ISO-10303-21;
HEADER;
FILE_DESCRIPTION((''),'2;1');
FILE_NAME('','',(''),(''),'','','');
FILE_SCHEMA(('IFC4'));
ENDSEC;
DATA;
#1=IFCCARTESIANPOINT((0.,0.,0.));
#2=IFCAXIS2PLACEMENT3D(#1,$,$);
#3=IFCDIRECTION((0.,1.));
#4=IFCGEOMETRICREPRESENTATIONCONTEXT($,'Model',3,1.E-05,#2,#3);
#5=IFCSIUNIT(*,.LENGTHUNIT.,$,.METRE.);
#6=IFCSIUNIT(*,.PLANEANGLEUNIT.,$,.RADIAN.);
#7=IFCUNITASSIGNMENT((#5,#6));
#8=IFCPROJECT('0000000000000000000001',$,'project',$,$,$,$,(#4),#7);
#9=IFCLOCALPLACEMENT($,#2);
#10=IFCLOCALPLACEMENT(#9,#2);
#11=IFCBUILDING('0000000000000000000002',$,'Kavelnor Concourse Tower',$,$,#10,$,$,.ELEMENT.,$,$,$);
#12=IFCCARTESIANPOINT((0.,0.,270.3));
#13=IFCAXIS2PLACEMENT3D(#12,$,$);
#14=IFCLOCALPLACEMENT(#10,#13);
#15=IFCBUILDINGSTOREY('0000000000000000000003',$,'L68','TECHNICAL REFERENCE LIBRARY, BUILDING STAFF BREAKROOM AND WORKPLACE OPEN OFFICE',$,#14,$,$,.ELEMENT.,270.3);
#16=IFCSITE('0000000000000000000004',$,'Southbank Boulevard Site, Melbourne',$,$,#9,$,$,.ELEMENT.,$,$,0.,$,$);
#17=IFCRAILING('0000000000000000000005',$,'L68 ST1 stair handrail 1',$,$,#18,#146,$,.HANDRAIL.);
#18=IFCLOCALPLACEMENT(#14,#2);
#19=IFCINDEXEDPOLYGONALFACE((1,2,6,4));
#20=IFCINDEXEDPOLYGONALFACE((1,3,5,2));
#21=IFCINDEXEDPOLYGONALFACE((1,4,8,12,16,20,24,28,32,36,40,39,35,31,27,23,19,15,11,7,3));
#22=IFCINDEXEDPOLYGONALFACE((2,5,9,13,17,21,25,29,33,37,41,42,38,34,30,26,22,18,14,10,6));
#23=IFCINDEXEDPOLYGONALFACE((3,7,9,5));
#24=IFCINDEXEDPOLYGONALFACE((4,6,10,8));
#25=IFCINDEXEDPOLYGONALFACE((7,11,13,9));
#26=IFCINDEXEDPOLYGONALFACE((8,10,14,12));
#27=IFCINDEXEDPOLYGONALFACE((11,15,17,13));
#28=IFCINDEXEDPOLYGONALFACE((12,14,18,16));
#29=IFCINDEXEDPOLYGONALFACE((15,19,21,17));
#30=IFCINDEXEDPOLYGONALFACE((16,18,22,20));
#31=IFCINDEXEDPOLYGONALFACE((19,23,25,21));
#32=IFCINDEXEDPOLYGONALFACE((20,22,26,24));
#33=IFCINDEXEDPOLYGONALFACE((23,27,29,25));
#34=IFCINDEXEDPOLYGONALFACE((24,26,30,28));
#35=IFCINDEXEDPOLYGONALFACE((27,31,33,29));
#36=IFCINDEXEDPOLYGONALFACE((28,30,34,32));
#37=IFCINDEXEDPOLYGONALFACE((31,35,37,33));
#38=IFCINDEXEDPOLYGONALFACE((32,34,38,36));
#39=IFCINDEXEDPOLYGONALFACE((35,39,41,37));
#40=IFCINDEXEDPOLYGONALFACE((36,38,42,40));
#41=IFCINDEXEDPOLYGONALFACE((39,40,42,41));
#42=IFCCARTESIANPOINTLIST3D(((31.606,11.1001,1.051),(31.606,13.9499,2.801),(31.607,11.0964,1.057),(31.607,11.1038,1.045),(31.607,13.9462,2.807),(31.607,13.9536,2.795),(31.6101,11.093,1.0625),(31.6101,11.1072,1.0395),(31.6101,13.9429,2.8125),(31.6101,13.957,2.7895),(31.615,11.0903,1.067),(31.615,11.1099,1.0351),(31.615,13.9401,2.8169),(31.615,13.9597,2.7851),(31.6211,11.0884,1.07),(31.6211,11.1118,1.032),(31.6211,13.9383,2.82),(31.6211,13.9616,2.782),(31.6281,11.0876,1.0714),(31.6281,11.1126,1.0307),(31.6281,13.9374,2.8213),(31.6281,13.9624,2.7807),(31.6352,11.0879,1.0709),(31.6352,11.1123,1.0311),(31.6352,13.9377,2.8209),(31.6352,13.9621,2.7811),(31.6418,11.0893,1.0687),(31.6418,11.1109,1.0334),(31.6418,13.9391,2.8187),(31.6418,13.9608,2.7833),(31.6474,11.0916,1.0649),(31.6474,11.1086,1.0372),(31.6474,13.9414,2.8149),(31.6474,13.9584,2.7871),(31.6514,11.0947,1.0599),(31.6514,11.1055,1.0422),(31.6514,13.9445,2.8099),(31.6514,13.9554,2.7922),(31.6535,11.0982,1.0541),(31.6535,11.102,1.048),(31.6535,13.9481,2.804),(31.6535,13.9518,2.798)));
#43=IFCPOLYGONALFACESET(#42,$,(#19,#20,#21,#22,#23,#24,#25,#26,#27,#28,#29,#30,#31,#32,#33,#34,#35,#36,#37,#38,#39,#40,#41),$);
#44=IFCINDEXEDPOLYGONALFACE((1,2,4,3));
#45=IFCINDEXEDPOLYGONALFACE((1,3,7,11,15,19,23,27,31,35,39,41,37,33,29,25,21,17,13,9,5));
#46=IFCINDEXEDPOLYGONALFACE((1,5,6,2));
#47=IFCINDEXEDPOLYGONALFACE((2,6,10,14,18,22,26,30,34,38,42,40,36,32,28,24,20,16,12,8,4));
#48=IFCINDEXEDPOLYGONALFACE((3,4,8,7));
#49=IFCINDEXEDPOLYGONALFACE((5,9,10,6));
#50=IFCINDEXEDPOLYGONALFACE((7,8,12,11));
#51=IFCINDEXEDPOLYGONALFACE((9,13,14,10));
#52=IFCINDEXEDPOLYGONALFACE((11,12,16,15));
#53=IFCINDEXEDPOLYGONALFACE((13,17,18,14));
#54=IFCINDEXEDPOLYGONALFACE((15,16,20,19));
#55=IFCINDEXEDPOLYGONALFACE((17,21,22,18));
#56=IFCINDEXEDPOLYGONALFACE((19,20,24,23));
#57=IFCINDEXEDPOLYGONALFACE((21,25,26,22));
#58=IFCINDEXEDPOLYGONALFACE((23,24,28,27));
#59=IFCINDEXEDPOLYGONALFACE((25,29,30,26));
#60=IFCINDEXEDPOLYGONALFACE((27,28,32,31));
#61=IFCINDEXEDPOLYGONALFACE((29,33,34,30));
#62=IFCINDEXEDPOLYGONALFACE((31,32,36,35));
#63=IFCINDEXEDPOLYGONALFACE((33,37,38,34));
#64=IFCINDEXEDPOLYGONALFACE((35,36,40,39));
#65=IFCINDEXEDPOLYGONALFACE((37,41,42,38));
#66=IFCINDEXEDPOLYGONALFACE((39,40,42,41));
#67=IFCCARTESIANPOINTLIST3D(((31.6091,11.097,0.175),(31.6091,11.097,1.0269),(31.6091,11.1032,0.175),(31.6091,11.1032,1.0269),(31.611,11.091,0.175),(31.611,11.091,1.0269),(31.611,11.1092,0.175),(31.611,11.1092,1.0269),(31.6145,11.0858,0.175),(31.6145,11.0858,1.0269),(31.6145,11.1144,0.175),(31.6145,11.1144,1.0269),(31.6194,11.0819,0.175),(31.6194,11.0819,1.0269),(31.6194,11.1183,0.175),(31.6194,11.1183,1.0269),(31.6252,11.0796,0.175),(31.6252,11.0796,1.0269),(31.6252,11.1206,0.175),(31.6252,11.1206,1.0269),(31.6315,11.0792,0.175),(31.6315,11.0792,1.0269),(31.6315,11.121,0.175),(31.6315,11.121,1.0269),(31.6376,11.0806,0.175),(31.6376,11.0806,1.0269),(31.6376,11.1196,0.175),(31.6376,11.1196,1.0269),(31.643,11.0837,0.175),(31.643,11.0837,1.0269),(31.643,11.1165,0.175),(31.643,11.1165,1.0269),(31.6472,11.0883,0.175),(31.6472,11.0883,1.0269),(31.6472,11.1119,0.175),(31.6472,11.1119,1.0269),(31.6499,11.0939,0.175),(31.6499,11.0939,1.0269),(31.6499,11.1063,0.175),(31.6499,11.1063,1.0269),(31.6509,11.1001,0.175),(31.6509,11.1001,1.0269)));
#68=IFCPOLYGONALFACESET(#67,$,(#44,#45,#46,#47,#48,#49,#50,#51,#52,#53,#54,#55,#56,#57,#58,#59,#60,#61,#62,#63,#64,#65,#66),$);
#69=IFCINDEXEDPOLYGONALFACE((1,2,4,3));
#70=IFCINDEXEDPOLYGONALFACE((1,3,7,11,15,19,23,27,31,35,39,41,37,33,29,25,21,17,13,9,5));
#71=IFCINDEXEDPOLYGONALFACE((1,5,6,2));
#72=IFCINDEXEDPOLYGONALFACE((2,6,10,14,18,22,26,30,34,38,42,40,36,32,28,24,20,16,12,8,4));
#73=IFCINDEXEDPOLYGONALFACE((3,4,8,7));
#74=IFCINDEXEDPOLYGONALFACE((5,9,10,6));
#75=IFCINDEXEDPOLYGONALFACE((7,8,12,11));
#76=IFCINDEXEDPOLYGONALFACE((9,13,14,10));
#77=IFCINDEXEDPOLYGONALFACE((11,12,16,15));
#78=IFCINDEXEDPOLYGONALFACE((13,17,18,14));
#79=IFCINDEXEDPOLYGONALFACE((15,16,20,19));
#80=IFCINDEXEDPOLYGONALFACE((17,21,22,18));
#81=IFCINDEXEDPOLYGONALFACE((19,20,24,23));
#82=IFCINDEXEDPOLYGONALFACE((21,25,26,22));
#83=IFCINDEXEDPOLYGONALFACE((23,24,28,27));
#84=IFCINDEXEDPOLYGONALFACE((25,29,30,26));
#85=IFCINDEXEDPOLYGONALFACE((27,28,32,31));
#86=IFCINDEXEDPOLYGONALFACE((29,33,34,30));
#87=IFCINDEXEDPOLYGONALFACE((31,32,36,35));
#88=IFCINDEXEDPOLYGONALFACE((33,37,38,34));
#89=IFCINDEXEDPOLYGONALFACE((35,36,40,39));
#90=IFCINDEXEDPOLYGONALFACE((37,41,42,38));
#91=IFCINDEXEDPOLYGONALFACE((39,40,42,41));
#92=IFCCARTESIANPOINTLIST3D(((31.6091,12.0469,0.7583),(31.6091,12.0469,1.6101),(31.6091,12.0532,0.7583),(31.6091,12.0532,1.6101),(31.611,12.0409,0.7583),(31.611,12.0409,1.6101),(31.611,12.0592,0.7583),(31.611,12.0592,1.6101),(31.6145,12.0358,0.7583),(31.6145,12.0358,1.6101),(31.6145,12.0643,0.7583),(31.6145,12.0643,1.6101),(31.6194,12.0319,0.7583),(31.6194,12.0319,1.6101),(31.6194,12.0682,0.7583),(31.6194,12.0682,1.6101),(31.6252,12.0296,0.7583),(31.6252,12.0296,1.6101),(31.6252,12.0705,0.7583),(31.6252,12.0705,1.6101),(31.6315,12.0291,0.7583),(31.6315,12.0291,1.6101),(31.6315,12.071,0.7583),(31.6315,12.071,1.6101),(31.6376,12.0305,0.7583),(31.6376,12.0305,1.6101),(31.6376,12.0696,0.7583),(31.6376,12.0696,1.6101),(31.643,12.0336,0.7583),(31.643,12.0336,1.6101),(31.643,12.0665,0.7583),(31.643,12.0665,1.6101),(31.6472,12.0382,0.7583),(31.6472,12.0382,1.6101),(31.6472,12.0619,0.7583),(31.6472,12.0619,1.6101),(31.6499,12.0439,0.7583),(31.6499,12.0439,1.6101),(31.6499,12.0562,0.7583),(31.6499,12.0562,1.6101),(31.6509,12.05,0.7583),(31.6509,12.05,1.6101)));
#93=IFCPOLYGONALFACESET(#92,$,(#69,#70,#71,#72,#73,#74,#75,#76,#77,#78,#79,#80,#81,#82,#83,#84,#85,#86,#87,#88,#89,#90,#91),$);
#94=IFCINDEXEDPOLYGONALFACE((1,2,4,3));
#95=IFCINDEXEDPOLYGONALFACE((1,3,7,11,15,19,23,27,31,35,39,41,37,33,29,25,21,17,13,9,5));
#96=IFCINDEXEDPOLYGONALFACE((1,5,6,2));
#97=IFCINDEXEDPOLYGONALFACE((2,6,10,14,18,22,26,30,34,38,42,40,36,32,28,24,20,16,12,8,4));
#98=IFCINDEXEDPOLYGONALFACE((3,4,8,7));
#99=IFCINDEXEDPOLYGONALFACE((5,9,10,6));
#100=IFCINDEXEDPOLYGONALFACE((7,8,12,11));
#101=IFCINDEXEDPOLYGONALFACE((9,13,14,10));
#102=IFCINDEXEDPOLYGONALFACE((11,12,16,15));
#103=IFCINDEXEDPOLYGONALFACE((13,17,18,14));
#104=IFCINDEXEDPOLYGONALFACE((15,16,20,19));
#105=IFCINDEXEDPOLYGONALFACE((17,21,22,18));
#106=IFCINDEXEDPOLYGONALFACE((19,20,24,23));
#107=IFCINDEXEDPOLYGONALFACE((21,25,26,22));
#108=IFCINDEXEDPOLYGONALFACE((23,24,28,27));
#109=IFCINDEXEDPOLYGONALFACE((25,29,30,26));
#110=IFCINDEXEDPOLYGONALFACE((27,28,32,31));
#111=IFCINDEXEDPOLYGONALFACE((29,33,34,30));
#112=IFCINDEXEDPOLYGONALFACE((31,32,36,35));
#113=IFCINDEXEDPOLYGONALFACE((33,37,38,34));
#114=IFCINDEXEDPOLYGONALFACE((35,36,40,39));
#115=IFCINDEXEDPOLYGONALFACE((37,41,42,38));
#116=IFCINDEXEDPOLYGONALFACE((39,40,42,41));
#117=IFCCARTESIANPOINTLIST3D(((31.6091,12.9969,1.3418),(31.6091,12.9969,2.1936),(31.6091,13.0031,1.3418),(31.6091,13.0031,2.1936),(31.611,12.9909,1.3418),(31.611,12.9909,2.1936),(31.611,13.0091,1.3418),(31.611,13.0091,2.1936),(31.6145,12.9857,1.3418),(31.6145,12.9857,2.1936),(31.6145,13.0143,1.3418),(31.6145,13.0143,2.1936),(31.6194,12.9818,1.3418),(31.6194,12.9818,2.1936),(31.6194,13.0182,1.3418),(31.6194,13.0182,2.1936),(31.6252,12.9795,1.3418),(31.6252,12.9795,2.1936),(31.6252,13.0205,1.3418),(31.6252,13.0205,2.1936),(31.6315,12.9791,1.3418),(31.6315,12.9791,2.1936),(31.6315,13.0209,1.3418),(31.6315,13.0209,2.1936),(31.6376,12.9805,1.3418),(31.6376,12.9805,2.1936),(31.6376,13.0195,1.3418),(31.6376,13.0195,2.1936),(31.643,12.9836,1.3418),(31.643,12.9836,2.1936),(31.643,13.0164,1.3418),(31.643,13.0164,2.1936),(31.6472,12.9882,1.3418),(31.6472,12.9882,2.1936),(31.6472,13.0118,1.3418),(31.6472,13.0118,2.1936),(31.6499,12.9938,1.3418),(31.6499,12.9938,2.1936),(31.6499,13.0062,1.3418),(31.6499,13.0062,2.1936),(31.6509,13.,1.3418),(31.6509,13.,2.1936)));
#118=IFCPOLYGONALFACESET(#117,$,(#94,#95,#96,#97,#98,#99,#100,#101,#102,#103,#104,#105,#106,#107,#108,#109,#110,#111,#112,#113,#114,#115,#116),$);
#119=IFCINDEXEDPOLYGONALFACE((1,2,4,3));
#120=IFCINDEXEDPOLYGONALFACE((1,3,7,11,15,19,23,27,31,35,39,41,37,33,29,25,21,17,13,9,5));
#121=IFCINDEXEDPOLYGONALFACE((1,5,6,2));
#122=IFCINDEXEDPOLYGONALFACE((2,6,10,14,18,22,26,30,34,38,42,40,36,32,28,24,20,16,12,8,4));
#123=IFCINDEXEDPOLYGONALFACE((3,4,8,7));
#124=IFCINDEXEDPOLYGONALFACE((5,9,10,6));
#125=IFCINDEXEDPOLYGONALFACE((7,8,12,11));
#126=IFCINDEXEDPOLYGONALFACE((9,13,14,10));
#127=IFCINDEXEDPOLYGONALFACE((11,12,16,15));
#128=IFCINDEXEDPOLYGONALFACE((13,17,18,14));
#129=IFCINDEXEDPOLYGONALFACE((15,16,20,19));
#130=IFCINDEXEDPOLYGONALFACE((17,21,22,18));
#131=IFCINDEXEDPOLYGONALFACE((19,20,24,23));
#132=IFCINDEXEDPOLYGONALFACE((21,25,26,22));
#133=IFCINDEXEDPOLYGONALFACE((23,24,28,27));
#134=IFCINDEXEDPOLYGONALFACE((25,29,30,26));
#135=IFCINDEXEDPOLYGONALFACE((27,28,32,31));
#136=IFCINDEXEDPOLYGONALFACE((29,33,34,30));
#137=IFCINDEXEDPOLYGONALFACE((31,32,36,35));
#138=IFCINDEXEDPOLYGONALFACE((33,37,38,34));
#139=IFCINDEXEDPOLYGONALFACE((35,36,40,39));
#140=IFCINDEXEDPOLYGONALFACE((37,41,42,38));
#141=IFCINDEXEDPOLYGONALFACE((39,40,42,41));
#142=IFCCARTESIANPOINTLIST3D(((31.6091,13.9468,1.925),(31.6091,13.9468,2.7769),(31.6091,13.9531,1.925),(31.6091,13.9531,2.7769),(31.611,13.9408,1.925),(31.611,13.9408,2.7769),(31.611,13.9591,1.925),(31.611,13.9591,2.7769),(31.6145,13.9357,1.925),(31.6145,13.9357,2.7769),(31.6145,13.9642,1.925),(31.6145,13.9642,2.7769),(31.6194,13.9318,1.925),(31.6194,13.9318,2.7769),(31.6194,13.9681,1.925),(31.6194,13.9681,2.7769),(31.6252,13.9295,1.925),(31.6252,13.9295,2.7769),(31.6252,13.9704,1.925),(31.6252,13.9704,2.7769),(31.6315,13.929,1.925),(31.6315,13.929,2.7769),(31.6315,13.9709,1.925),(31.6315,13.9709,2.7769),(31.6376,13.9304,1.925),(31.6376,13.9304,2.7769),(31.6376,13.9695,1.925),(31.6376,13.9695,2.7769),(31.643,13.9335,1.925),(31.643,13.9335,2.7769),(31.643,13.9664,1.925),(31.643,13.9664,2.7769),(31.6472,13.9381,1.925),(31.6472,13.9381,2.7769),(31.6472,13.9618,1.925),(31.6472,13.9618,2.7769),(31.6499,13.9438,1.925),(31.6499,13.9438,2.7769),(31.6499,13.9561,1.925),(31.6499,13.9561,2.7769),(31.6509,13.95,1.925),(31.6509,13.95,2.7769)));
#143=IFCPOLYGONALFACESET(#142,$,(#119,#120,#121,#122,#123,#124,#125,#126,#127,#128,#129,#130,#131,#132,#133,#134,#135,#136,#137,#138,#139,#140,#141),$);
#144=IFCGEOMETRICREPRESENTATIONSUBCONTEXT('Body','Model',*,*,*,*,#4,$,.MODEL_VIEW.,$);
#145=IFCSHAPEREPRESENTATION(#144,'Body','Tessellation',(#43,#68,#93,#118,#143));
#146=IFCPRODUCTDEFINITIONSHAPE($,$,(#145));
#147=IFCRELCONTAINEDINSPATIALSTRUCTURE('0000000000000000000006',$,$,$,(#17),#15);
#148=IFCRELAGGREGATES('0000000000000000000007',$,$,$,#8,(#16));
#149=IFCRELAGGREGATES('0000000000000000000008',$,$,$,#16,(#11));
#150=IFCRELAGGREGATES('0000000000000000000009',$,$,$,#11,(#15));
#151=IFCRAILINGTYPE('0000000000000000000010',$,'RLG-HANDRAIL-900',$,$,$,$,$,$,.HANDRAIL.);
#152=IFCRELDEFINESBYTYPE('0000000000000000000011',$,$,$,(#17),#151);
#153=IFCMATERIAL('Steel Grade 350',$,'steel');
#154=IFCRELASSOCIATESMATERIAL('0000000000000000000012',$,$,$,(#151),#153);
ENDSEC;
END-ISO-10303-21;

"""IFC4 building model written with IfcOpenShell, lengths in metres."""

from ifc_helpers import new_model, si_unit, direction, frame, origin, origin_2d, place, context, subcontext, project, spatial, circle, extrude, material, type_object, element, save


model = new_model("IFC4")

# Units and contexts
model_context = context("Model", 3, precision=1e-05, world=origin(), true_north=direction((0.0, 1.0)))
body_context = subcontext(model_context, "Body", "Model", "MODEL_VIEW")
ifc_project = project(units=[si_unit("LENGTHUNIT", "METRE"), si_unit("PLANEANGLEUNIT", "RADIAN")], contexts=[model_context])

# Site, building, storey
site_placement = place(None, origin())
site = spatial("IfcSite", under=ifc_project, at=site_placement, Name="Southbank Boulevard Site, Melbourne", CompositionType="ELEMENT", RefElevation=0.0)
building_placement = place(site_placement, origin())
building = spatial("IfcBuilding", under=site, at=building_placement, Name="Kavelnor Concourse Tower", CompositionType="ELEMENT")
storey_placement = place(building_placement, frame((0.0, 0.0, 270.3)))
storey = spatial("IfcBuildingStorey", under=building, at=storey_placement, Name="L68", Description="TECHNICAL REFERENCE LIBRARY, BUILDING STAFF BREAKROOM AND WORKPLACE OPEN OFFICE", CompositionType="ELEMENT", Elevation=270.3)

# Shared definitions
ifc_material_1 = material(Name="Steel Grade 350", Category="steel")

# Railing
railing_type = type_object("IfcRailingType", Name="RLG-HANDRAIL-900", PredefinedType="HANDRAIL", material=ifc_material_1)
railing_placement = place(storey_placement, frame((31.6299, 11.1001, 0.175)))
element("IfcRailing", 1, at=railing_placement, inside=storey, type_object=railing_type, Name="L68 ST1 stair handrail 1", PredefinedType="HANDRAIL", context=body_context, shape_type="SweptSolid", body=[
    extrude(circle(Radius=0.0239, at=origin_2d()), frame((0.0, 0.0, 0.876), z_axis=(0.0, 0.852159, 0.523283), x_axis=(-1.0, 0.0, 0.0)), (0.0, 0.0, 1.0), 3.3442),
    extrude(circle(Radius=0.021, at=origin_2d()), origin(), (0.0, 0.0, 1.0), 0.8518),
    extrude(circle(Radius=0.021, at=origin_2d()), frame((0.0, 0.95, 0.5833)), (0.0, 0.0, 1.0), 0.8518),
    extrude(circle(Radius=0.021, at=origin_2d()), frame((0.0, 1.8999, 1.1667)), (0.0, 0.0, 1.0), 0.8518),
    extrude(circle(Radius=0.021, at=origin_2d()), frame((0.0, 2.8499, 1.75)), (0.0, 0.0, 1.0), 0.8518),
])

save(model, "model.ifc")
